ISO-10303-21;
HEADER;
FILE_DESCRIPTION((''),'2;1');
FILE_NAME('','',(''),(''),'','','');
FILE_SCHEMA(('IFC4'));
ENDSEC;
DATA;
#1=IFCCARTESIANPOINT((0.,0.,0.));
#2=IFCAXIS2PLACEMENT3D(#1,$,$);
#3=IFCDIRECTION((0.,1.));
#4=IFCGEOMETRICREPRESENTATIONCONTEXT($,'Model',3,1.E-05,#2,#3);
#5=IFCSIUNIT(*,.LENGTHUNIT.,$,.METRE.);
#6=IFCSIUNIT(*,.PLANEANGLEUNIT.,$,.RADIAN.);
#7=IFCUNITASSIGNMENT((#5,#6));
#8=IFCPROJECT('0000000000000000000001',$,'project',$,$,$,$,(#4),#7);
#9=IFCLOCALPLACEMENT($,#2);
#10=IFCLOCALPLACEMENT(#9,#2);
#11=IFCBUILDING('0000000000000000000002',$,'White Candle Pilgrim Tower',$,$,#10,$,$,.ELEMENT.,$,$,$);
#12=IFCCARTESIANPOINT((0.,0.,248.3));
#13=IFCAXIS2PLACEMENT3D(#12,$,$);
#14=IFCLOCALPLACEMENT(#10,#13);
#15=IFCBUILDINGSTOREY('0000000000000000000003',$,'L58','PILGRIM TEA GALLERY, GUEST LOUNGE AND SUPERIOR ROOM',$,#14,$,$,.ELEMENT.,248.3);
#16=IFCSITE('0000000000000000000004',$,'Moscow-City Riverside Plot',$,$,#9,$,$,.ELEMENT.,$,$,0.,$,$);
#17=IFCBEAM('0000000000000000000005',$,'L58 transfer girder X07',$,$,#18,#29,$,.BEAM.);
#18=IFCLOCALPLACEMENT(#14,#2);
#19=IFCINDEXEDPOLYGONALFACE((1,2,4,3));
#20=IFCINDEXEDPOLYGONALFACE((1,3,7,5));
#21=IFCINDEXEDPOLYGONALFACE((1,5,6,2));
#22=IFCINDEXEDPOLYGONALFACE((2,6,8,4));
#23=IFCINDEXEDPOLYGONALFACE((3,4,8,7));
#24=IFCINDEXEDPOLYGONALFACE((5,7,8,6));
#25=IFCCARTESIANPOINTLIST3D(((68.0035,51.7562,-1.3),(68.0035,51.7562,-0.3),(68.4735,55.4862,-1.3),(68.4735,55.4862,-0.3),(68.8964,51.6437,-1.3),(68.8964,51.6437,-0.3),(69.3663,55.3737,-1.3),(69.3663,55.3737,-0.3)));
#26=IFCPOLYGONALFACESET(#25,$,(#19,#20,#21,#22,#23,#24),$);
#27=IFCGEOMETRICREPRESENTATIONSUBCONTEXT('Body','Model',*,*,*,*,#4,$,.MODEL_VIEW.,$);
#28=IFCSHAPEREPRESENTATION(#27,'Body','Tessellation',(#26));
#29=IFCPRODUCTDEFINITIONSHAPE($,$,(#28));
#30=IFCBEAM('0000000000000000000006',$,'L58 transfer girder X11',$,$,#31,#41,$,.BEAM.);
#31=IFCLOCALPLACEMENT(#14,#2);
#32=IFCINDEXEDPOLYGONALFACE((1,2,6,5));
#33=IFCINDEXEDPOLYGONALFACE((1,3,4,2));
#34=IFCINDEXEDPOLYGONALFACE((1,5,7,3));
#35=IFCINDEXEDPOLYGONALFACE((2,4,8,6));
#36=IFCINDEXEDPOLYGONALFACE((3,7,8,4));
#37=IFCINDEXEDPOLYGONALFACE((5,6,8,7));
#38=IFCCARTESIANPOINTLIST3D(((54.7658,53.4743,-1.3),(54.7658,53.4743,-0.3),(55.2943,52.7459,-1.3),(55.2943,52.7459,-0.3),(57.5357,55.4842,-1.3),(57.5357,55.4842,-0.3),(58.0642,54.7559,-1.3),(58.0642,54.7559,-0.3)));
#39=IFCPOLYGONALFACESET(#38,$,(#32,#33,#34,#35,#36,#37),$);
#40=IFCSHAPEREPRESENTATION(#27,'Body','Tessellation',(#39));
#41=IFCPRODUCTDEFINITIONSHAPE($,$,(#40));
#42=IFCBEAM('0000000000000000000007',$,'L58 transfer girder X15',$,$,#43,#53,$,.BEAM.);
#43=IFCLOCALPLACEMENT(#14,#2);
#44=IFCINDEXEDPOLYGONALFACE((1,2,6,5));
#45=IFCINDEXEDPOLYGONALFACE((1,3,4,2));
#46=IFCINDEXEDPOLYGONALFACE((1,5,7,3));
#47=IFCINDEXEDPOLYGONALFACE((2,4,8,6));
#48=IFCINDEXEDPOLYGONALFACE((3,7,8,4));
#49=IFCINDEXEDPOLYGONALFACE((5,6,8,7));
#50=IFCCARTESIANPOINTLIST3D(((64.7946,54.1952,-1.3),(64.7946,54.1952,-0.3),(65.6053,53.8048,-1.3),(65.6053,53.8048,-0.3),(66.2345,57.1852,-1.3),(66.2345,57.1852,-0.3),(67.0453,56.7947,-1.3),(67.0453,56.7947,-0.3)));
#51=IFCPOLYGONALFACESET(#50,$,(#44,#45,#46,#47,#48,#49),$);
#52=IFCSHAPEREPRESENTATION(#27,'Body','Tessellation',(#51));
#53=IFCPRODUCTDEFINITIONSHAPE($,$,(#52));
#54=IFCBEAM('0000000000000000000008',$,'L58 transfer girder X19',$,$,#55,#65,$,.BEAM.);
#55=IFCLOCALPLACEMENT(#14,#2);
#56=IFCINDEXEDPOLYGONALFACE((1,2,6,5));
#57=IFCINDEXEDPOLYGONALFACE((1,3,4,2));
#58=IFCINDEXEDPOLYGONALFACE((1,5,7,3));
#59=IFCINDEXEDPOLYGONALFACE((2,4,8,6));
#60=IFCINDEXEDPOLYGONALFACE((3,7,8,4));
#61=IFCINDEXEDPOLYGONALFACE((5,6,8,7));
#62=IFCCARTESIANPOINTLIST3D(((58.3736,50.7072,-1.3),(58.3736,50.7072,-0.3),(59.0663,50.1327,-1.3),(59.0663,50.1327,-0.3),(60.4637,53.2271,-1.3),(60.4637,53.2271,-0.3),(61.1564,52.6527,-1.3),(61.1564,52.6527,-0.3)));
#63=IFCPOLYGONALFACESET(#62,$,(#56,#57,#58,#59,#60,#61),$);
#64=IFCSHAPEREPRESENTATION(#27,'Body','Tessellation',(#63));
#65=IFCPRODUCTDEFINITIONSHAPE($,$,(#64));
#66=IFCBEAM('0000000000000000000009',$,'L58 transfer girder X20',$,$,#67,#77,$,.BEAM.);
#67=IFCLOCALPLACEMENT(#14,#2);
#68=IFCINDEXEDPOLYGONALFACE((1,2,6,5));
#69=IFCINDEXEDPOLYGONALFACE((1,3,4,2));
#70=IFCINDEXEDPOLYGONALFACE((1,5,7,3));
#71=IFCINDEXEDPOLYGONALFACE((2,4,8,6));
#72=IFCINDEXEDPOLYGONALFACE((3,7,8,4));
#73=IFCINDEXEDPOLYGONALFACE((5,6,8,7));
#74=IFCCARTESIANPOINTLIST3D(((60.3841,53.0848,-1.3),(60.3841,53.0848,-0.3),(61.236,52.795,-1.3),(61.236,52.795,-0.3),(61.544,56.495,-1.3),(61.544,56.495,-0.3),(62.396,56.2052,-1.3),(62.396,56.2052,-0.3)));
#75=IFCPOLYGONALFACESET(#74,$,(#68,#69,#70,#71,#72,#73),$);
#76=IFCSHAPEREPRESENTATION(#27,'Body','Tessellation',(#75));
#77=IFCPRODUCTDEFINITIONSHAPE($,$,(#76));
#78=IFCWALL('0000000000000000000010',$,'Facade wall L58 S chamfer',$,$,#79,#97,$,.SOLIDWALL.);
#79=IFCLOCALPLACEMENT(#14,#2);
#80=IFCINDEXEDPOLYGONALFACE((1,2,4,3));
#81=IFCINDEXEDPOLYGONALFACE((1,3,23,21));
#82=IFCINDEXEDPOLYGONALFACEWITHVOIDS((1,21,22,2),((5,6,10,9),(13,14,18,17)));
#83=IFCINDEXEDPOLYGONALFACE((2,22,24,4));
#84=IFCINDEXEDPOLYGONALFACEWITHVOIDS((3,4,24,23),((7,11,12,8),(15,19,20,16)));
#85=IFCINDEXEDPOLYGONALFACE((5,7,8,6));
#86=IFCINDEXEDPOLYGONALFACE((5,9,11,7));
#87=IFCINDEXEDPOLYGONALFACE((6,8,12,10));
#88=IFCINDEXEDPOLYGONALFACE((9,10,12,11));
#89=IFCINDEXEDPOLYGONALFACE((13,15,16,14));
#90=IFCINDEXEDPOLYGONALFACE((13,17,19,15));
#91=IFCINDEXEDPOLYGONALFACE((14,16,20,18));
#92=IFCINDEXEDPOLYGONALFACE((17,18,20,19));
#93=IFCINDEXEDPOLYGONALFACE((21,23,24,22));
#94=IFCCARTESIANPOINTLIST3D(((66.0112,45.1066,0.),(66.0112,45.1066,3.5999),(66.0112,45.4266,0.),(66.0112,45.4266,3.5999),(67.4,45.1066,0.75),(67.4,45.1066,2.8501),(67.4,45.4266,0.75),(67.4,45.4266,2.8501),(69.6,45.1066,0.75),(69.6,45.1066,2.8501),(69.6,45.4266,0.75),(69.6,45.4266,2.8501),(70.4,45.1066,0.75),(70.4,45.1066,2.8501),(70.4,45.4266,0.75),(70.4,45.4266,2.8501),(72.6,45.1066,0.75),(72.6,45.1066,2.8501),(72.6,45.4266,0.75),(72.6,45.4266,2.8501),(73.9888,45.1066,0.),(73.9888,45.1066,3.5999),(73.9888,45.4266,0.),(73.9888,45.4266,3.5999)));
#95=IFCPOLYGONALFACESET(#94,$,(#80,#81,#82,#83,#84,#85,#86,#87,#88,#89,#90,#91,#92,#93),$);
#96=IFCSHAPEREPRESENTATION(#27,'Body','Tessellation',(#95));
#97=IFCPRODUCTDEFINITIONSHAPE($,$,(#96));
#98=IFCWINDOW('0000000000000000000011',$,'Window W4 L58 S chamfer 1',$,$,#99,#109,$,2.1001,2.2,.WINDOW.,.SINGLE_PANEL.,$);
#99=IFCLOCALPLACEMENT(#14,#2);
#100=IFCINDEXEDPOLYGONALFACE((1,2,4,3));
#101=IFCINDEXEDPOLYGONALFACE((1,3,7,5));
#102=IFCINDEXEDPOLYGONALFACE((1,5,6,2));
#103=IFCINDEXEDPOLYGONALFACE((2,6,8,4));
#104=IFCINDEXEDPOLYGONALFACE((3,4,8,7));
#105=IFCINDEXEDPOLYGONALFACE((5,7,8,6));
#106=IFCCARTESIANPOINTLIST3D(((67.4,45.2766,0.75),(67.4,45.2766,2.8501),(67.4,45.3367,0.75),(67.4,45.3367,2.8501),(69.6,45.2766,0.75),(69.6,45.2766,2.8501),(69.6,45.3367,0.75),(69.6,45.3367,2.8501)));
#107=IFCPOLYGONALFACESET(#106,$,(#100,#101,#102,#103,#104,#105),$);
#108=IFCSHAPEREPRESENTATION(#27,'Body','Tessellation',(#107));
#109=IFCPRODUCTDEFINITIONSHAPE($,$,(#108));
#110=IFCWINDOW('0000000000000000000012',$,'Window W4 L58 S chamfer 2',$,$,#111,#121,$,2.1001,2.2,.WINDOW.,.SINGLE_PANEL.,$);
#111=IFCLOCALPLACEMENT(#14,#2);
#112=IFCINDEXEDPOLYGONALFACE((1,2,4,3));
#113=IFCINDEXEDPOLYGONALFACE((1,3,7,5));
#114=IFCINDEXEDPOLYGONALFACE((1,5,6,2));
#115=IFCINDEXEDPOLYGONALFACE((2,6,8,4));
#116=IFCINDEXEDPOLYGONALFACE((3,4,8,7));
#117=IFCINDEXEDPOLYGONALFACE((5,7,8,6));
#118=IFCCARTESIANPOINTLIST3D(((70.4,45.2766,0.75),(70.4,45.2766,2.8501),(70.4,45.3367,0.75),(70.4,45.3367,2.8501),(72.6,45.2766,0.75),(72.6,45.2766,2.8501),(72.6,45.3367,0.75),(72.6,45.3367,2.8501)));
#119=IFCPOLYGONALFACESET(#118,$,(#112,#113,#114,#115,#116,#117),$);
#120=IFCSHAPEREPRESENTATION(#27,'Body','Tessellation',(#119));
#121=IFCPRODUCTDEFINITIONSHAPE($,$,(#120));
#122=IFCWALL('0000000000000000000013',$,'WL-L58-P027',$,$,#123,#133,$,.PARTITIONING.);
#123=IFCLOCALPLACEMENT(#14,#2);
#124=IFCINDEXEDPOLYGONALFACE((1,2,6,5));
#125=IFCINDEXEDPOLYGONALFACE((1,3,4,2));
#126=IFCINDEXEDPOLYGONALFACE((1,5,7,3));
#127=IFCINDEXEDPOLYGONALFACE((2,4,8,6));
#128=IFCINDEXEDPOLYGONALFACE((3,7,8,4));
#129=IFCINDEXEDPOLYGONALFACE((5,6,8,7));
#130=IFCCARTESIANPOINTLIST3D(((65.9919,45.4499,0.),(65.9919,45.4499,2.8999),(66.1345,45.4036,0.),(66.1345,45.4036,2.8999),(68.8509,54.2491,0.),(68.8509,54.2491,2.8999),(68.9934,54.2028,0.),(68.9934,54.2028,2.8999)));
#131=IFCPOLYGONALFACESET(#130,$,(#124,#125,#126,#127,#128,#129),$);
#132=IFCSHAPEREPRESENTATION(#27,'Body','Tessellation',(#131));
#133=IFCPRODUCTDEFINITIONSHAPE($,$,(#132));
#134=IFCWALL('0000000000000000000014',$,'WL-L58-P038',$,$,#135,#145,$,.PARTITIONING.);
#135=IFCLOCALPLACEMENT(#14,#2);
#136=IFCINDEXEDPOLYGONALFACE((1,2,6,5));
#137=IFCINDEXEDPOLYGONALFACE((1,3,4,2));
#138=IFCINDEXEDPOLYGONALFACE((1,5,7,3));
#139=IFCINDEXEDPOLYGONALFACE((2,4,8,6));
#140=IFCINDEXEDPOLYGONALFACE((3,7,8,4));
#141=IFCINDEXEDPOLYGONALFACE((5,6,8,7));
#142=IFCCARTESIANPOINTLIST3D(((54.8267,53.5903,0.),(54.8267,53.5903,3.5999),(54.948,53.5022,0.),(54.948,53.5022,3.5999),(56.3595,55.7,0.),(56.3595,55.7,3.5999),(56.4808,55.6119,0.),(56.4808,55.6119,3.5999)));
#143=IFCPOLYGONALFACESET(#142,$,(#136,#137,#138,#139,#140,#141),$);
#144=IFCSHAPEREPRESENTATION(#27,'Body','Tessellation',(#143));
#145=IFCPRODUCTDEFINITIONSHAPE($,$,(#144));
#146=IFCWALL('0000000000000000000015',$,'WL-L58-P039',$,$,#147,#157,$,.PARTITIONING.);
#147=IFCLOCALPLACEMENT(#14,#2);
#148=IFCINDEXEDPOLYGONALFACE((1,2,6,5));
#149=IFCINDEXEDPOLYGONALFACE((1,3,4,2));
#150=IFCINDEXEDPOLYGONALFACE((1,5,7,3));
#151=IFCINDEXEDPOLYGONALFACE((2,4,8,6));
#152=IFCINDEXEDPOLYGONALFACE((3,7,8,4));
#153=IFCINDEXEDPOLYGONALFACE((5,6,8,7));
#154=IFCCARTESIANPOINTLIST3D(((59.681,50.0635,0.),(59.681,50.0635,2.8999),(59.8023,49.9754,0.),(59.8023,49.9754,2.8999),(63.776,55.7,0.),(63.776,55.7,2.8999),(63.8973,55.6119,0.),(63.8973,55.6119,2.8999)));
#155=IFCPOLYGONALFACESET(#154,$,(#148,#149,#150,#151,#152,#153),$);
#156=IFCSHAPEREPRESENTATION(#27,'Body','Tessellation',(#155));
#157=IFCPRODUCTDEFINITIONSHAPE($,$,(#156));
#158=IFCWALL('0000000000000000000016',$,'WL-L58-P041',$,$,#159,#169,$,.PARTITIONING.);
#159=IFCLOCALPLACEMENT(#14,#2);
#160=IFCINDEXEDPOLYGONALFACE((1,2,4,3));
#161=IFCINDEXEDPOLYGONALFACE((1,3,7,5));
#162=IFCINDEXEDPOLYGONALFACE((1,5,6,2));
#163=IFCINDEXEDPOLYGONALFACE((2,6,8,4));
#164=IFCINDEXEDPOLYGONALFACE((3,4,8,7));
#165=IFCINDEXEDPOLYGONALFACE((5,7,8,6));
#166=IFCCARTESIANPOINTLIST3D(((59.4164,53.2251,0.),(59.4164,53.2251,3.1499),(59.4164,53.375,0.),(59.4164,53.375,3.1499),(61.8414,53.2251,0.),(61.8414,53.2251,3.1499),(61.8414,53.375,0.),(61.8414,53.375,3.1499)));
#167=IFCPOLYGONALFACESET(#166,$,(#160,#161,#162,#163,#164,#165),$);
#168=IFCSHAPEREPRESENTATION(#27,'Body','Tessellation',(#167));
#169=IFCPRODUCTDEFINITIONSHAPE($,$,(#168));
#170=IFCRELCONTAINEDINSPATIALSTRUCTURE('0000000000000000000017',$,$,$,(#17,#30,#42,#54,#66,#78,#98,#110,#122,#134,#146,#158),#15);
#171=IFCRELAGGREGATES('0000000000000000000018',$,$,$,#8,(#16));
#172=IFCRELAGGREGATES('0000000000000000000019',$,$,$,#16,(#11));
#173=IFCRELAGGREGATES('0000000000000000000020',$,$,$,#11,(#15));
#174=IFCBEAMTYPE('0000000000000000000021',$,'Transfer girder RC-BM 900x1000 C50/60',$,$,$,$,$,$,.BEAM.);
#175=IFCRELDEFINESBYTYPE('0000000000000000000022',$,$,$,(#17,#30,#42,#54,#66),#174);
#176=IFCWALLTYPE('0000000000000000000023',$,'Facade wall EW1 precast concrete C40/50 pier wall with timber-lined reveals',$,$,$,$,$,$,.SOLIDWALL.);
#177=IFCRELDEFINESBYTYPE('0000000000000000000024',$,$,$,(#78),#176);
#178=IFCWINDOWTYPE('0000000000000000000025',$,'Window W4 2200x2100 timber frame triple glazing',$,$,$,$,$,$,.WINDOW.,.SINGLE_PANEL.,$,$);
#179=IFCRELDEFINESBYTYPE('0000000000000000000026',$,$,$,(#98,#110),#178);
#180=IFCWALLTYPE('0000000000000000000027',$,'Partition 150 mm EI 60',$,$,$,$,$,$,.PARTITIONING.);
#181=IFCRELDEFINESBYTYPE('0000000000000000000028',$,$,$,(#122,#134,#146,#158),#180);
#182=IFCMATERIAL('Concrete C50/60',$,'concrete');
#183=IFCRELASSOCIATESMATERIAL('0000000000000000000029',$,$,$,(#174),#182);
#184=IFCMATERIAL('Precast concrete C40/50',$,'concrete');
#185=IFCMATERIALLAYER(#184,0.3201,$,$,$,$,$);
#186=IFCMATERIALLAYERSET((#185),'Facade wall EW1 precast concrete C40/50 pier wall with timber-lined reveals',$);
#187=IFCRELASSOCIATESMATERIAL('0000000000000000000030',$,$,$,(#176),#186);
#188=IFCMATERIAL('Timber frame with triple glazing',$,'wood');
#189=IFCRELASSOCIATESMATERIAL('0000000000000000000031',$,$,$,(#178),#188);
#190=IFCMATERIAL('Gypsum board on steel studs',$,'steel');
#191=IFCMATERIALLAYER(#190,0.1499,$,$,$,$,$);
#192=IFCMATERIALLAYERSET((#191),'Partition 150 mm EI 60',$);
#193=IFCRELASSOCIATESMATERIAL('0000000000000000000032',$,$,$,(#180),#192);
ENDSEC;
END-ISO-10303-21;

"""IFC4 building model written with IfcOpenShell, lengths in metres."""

from ifc_helpers import new_model, si_unit, direction, frame, frame_2d, origin, origin_2d, place, context, subcontext, project, spatial, rectangle, extrude, material, layer, layer_set, material_profile, profile_set, type_object, element, fill, save


model = new_model("IFC4")

# Units and contexts
model_context = context("Model", 3, precision=1e-05, world=origin(), true_north=direction((0.0, 1.0)))
body_context = subcontext(model_context, "Body", "Model", "MODEL_VIEW")
ifc_project = project(units=[si_unit("LENGTHUNIT", "METRE"), si_unit("PLANEANGLEUNIT", "RADIAN")], contexts=[model_context])

# Site, building, storey
site_placement = place(None, origin())
site = spatial("IfcSite", under=ifc_project, at=site_placement, Name="Moscow-City Riverside Plot", CompositionType="ELEMENT", RefElevation=0.0)
building_placement = place(site_placement, origin())
building = spatial("IfcBuilding", under=site, at=building_placement, Name="White Candle Pilgrim Tower", CompositionType="ELEMENT")
storey_placement = place(building_placement, frame((0.0, 0.0, 248.3)))
storey = spatial("IfcBuildingStorey", under=building, at=storey_placement, Name="L58", Description="PILGRIM TEA GALLERY, GUEST LOUNGE AND SUPERIOR ROOM", CompositionType="ELEMENT", Elevation=248.3)

# Beams
ifc_material_1 = material(Name="Concrete C50/60", Category="concrete")
ifc_material_profile_1 = material_profile(ifc_material_1, rectangle(XDim=0.8999, YDim=1.0, at=origin_2d()), Name="RC-BM 900x1000")
ifc_profile_set_1 = profile_set([ifc_material_profile_1], Name="Concrete C50/60")
beam_type_1 = type_object("IfcBeamType", Name="Transfer girder RC-BM 900x1000 C50/60", PredefinedType="BEAM", material=ifc_profile_set_1)
beam_1_placement = place(storey_placement, frame((68.45, 51.7, -0.8), z_axis=(0.12501, 0.992156, 0.0), x_axis=(-0.992156, 0.12501, 0.0)))
element("IfcBeam", 1, at=beam_1_placement, inside=storey, type_object=beam_type_1, Name="L58 transfer girder X07", PredefinedType="BEAM", context=body_context, shape_type="SweptSolid", body=[
    extrude(rectangle(XDim=0.8999, YDim=1.0, at=origin_2d()), origin(), (0.0, 0.0, 1.0), 3.7595),
])
beam_2_placement = place(storey_placement, frame((55.03, 53.1101, -0.8), z_axis=(0.809368, 0.587302, 0.0), x_axis=(-0.587302, 0.809368, 0.0)))
element("IfcBeam", 2, at=beam_2_placement, inside=storey, type_object=beam_type_1, Name="L58 transfer girder X11", PredefinedType="BEAM", context=body_context, shape_type="SweptSolid", body=[
    extrude(rectangle(XDim=0.8999, YDim=1.0, at=origin_2d()), origin(), (0.0, 0.0, 1.0), 3.4224),
])
beam_3_placement = place(storey_placement, frame((65.2, 54.0, -0.8), z_axis=(0.433893, 0.900964, 0.0), x_axis=(-0.900964, 0.433893, 0.0)))
element("IfcBeam", 3, at=beam_3_placement, inside=storey, type_object=beam_type_1, Name="L58 transfer girder X15", PredefinedType="BEAM", context=body_context, shape_type="SweptSolid", body=[
    extrude(rectangle(XDim=0.8999, YDim=1.0, at=origin_2d()), origin(), (0.0, 0.0, 1.0), 3.3186),
])
beam_4_placement = place(storey_placement, frame((58.72, 50.4199, -0.8), z_axis=(0.638393, 0.769711, 0.0), x_axis=(-0.769711, 0.638393, 0.0)))
element("IfcBeam", 4, at=beam_4_placement, inside=storey, type_object=beam_type_1, Name="L58 transfer girder X19", PredefinedType="BEAM", context=body_context, shape_type="SweptSolid", body=[
    extrude(rectangle(XDim=0.8999, YDim=1.0, at=origin_2d()), origin(), (0.0, 0.0, 1.0), 3.2739),
])
beam_5_placement = place(storey_placement, frame((60.8101, 52.9399, -0.8), z_axis=(0.322017, 0.946734, 0.0), x_axis=(-0.946734, 0.322017, 0.0)))
element("IfcBeam", 5, at=beam_5_placement, inside=storey, type_object=beam_type_1, Name="L58 transfer girder X20", PredefinedType="BEAM", context=body_context, shape_type="SweptSolid", body=[
    extrude(rectangle(XDim=0.8999, YDim=1.0, at=origin_2d()), origin(), (0.0, 0.0, 1.0), 3.6021),
])

# Wall, openings, windows
ifc_material_2 = material(Name="Precast concrete C40/50", Category="concrete")
ifc_layer_1 = layer(ifc_material_2, 0.3201)
ifc_layer_set_1 = layer_set([ifc_layer_1], Name="Facade wall EW1 precast concrete C40/50 pier wall with timber-lined reveals")
wall_type_1 = type_object("IfcWallType", Name="Facade wall EW1 precast concrete C40/50 pier wall with timber-lined reveals", PredefinedType="SOLIDWALL", material=ifc_layer_set_1)
wall_1_placement = place(storey_placement, frame((66.0112, 45.2666, 0.0), z_axis=(0.0, 0.0, 1.0), x_axis=(1.0, 0.0, 0.0)))
wall_1 = element("IfcWall", 6, at=wall_1_placement, inside=storey, type_object=wall_type_1, Name="Facade wall L58 S chamfer", PredefinedType="SOLIDWALL", context=body_context, shape_type="SweptSolid", body=[
    extrude(rectangle(XDim=7.9775, YDim=0.3201, at=frame_2d((3.9888, 0.0))), origin(), (0.0, 0.0, 1.0), 3.5999),
])
opening_1_placement = place(wall_1_placement, frame((1.3887, 0.0, 0.75)))
opening_1 = element("IfcOpeningElement", 7, at=opening_1_placement, cuts=wall_1, PredefinedType="OPENING", context=body_context, shape_type="SweptSolid", body=[
    extrude(rectangle(XDim=2.2, YDim=2.1001, at=frame_2d((1.1001, 1.05))), frame((0.0, 0.1699, 0.0), z_axis=(0.0, -1.0, 0.0), x_axis=(1.0, 0.0, 0.0)), (0.0, 0.0, 1.0), 0.3401),
])
opening_2_placement = place(wall_1_placement, frame((4.3887, 0.0, 0.75)))
opening_2 = element("IfcOpeningElement", 8, at=opening_2_placement, cuts=wall_1, PredefinedType="OPENING", context=body_context, shape_type="SweptSolid", body=[
    extrude(rectangle(XDim=2.2, YDim=2.1001, at=frame_2d((1.1001, 1.05))), frame((0.0, 0.1699, 0.0), z_axis=(0.0, -1.0, 0.0), x_axis=(1.0, 0.0, 0.0)), (0.0, 0.0, 1.0), 0.3401),
])
ifc_material_3 = material(Name="Timber frame with triple glazing", Category="wood")
window_type = type_object("IfcWindowType", Name="Window W4 2200x2100 timber frame triple glazing", PartitioningType="SINGLE_PANEL", PredefinedType="WINDOW", material=ifc_material_3)
window_1_placement = place(opening_1_placement, origin())
window_1 = element("IfcWindow", 9, at=window_1_placement, inside=storey, type_object=window_type, Name="Window W4 L58 S chamfer 1", OverallHeight=2.1001, OverallWidth=2.2, PartitioningType="SINGLE_PANEL", PredefinedType="WINDOW", context=body_context, shape_type="SweptSolid", body=[
    extrude(rectangle(XDim=2.2, YDim=2.1001, at=frame_2d((1.1001, 1.05))), frame((0.0, 0.0701, 0.0), z_axis=(0.0, -1.0, 0.0), x_axis=(1.0, 0.0, 0.0)), (0.0, 0.0, 1.0), 0.0601),
])
fill(opening_1, window_1)
window_2_placement = place(opening_2_placement, origin())
window_2 = element("IfcWindow", 10, at=window_2_placement, inside=storey, type_object=window_type, Name="Window W4 L58 S chamfer 2", OverallHeight=2.1001, OverallWidth=2.2, PartitioningType="SINGLE_PANEL", PredefinedType="WINDOW", context=body_context, shape_type="SweptSolid", body=[
    extrude(rectangle(XDim=2.2, YDim=2.1001, at=frame_2d((1.1001, 1.05))), frame((0.0, 0.0701, 0.0), z_axis=(0.0, -1.0, 0.0), x_axis=(1.0, 0.0, 0.0)), (0.0, 0.0, 1.0), 0.0601),
])
fill(opening_2, window_2)

# Walls
ifc_material_4 = material(Name="Gypsum board on steel studs", Category="steel")
ifc_layer_2 = layer(ifc_material_4, 0.1499)
ifc_layer_set_2 = layer_set([ifc_layer_2], Name="Partition 150 mm EI 60")
wall_type_2 = type_object("IfcWallType", Name="Partition 150 mm EI 60", PredefinedType="PARTITIONING", material=ifc_layer_set_2)
wall_2_placement = place(storey_placement, frame((66.0632, 45.4268, 0.0), z_axis=(0.0, 0.0, 1.0), x_axis=(0.309007, 0.95106, 0.0)))
element("IfcWall", 11, at=wall_2_placement, inside=storey, type_object=wall_type_2, Name="WL-L58-P027", PredefinedType="PARTITIONING", context=body_context, shape_type="SweptSolid", body=[
    extrude(rectangle(XDim=9.252, YDim=0.1499, at=frame_2d((4.626, 0.0))), origin(), (0.0, 0.0, 1.0), 2.8999),
])
wall_3_placement = place(storey_placement, frame((54.8875, 53.5464, 0.0), z_axis=(0.0, 0.0, 1.0), x_axis=(0.587782, 0.809019, 0.0)))
element("IfcWall", 12, at=wall_3_placement, inside=storey, type_object=wall_type_2, Name="WL-L58-P038", PredefinedType="PARTITIONING", context=body_context, shape_type="SweptSolid", body=[
    extrude(rectangle(XDim=2.6077, YDim=0.1499, at=frame_2d((1.3037, 0.0))), origin(), (0.0, 0.0, 1.0), 3.5999),
])
wall_4_placement = place(storey_placement, frame((59.7417, 50.0195, 0.0), z_axis=(0.0, 0.0, 1.0), x_axis=(0.587769, 0.809028, 0.0)))
element("IfcWall", 13, at=wall_4_placement, inside=storey, type_object=wall_type_2, Name="WL-L58-P039", PredefinedType="PARTITIONING", context=body_context, shape_type="SweptSolid", body=[
    extrude(rectangle(XDim=6.967, YDim=0.1499, at=frame_2d((3.4834, 0.0))), origin(), (0.0, 0.0, 1.0), 2.8999),
])
wall_5_placement = place(storey_placement, frame((61.8413, 53.3, 0.0), z_axis=(0.0, 0.0, 1.0), x_axis=(-1.0, 0.0, 0.0)))
element("IfcWall", 14, at=wall_5_placement, inside=storey, type_object=wall_type_2, Name="WL-L58-P041", PredefinedType="PARTITIONING", context=body_context, shape_type="SweptSolid", body=[
    extrude(rectangle(XDim=2.425, YDim=0.1499, at=frame_2d((1.2124, 0.0))), origin(), (0.0, 0.0, 1.0), 3.1499),
])

save(model, "model.ifc")
